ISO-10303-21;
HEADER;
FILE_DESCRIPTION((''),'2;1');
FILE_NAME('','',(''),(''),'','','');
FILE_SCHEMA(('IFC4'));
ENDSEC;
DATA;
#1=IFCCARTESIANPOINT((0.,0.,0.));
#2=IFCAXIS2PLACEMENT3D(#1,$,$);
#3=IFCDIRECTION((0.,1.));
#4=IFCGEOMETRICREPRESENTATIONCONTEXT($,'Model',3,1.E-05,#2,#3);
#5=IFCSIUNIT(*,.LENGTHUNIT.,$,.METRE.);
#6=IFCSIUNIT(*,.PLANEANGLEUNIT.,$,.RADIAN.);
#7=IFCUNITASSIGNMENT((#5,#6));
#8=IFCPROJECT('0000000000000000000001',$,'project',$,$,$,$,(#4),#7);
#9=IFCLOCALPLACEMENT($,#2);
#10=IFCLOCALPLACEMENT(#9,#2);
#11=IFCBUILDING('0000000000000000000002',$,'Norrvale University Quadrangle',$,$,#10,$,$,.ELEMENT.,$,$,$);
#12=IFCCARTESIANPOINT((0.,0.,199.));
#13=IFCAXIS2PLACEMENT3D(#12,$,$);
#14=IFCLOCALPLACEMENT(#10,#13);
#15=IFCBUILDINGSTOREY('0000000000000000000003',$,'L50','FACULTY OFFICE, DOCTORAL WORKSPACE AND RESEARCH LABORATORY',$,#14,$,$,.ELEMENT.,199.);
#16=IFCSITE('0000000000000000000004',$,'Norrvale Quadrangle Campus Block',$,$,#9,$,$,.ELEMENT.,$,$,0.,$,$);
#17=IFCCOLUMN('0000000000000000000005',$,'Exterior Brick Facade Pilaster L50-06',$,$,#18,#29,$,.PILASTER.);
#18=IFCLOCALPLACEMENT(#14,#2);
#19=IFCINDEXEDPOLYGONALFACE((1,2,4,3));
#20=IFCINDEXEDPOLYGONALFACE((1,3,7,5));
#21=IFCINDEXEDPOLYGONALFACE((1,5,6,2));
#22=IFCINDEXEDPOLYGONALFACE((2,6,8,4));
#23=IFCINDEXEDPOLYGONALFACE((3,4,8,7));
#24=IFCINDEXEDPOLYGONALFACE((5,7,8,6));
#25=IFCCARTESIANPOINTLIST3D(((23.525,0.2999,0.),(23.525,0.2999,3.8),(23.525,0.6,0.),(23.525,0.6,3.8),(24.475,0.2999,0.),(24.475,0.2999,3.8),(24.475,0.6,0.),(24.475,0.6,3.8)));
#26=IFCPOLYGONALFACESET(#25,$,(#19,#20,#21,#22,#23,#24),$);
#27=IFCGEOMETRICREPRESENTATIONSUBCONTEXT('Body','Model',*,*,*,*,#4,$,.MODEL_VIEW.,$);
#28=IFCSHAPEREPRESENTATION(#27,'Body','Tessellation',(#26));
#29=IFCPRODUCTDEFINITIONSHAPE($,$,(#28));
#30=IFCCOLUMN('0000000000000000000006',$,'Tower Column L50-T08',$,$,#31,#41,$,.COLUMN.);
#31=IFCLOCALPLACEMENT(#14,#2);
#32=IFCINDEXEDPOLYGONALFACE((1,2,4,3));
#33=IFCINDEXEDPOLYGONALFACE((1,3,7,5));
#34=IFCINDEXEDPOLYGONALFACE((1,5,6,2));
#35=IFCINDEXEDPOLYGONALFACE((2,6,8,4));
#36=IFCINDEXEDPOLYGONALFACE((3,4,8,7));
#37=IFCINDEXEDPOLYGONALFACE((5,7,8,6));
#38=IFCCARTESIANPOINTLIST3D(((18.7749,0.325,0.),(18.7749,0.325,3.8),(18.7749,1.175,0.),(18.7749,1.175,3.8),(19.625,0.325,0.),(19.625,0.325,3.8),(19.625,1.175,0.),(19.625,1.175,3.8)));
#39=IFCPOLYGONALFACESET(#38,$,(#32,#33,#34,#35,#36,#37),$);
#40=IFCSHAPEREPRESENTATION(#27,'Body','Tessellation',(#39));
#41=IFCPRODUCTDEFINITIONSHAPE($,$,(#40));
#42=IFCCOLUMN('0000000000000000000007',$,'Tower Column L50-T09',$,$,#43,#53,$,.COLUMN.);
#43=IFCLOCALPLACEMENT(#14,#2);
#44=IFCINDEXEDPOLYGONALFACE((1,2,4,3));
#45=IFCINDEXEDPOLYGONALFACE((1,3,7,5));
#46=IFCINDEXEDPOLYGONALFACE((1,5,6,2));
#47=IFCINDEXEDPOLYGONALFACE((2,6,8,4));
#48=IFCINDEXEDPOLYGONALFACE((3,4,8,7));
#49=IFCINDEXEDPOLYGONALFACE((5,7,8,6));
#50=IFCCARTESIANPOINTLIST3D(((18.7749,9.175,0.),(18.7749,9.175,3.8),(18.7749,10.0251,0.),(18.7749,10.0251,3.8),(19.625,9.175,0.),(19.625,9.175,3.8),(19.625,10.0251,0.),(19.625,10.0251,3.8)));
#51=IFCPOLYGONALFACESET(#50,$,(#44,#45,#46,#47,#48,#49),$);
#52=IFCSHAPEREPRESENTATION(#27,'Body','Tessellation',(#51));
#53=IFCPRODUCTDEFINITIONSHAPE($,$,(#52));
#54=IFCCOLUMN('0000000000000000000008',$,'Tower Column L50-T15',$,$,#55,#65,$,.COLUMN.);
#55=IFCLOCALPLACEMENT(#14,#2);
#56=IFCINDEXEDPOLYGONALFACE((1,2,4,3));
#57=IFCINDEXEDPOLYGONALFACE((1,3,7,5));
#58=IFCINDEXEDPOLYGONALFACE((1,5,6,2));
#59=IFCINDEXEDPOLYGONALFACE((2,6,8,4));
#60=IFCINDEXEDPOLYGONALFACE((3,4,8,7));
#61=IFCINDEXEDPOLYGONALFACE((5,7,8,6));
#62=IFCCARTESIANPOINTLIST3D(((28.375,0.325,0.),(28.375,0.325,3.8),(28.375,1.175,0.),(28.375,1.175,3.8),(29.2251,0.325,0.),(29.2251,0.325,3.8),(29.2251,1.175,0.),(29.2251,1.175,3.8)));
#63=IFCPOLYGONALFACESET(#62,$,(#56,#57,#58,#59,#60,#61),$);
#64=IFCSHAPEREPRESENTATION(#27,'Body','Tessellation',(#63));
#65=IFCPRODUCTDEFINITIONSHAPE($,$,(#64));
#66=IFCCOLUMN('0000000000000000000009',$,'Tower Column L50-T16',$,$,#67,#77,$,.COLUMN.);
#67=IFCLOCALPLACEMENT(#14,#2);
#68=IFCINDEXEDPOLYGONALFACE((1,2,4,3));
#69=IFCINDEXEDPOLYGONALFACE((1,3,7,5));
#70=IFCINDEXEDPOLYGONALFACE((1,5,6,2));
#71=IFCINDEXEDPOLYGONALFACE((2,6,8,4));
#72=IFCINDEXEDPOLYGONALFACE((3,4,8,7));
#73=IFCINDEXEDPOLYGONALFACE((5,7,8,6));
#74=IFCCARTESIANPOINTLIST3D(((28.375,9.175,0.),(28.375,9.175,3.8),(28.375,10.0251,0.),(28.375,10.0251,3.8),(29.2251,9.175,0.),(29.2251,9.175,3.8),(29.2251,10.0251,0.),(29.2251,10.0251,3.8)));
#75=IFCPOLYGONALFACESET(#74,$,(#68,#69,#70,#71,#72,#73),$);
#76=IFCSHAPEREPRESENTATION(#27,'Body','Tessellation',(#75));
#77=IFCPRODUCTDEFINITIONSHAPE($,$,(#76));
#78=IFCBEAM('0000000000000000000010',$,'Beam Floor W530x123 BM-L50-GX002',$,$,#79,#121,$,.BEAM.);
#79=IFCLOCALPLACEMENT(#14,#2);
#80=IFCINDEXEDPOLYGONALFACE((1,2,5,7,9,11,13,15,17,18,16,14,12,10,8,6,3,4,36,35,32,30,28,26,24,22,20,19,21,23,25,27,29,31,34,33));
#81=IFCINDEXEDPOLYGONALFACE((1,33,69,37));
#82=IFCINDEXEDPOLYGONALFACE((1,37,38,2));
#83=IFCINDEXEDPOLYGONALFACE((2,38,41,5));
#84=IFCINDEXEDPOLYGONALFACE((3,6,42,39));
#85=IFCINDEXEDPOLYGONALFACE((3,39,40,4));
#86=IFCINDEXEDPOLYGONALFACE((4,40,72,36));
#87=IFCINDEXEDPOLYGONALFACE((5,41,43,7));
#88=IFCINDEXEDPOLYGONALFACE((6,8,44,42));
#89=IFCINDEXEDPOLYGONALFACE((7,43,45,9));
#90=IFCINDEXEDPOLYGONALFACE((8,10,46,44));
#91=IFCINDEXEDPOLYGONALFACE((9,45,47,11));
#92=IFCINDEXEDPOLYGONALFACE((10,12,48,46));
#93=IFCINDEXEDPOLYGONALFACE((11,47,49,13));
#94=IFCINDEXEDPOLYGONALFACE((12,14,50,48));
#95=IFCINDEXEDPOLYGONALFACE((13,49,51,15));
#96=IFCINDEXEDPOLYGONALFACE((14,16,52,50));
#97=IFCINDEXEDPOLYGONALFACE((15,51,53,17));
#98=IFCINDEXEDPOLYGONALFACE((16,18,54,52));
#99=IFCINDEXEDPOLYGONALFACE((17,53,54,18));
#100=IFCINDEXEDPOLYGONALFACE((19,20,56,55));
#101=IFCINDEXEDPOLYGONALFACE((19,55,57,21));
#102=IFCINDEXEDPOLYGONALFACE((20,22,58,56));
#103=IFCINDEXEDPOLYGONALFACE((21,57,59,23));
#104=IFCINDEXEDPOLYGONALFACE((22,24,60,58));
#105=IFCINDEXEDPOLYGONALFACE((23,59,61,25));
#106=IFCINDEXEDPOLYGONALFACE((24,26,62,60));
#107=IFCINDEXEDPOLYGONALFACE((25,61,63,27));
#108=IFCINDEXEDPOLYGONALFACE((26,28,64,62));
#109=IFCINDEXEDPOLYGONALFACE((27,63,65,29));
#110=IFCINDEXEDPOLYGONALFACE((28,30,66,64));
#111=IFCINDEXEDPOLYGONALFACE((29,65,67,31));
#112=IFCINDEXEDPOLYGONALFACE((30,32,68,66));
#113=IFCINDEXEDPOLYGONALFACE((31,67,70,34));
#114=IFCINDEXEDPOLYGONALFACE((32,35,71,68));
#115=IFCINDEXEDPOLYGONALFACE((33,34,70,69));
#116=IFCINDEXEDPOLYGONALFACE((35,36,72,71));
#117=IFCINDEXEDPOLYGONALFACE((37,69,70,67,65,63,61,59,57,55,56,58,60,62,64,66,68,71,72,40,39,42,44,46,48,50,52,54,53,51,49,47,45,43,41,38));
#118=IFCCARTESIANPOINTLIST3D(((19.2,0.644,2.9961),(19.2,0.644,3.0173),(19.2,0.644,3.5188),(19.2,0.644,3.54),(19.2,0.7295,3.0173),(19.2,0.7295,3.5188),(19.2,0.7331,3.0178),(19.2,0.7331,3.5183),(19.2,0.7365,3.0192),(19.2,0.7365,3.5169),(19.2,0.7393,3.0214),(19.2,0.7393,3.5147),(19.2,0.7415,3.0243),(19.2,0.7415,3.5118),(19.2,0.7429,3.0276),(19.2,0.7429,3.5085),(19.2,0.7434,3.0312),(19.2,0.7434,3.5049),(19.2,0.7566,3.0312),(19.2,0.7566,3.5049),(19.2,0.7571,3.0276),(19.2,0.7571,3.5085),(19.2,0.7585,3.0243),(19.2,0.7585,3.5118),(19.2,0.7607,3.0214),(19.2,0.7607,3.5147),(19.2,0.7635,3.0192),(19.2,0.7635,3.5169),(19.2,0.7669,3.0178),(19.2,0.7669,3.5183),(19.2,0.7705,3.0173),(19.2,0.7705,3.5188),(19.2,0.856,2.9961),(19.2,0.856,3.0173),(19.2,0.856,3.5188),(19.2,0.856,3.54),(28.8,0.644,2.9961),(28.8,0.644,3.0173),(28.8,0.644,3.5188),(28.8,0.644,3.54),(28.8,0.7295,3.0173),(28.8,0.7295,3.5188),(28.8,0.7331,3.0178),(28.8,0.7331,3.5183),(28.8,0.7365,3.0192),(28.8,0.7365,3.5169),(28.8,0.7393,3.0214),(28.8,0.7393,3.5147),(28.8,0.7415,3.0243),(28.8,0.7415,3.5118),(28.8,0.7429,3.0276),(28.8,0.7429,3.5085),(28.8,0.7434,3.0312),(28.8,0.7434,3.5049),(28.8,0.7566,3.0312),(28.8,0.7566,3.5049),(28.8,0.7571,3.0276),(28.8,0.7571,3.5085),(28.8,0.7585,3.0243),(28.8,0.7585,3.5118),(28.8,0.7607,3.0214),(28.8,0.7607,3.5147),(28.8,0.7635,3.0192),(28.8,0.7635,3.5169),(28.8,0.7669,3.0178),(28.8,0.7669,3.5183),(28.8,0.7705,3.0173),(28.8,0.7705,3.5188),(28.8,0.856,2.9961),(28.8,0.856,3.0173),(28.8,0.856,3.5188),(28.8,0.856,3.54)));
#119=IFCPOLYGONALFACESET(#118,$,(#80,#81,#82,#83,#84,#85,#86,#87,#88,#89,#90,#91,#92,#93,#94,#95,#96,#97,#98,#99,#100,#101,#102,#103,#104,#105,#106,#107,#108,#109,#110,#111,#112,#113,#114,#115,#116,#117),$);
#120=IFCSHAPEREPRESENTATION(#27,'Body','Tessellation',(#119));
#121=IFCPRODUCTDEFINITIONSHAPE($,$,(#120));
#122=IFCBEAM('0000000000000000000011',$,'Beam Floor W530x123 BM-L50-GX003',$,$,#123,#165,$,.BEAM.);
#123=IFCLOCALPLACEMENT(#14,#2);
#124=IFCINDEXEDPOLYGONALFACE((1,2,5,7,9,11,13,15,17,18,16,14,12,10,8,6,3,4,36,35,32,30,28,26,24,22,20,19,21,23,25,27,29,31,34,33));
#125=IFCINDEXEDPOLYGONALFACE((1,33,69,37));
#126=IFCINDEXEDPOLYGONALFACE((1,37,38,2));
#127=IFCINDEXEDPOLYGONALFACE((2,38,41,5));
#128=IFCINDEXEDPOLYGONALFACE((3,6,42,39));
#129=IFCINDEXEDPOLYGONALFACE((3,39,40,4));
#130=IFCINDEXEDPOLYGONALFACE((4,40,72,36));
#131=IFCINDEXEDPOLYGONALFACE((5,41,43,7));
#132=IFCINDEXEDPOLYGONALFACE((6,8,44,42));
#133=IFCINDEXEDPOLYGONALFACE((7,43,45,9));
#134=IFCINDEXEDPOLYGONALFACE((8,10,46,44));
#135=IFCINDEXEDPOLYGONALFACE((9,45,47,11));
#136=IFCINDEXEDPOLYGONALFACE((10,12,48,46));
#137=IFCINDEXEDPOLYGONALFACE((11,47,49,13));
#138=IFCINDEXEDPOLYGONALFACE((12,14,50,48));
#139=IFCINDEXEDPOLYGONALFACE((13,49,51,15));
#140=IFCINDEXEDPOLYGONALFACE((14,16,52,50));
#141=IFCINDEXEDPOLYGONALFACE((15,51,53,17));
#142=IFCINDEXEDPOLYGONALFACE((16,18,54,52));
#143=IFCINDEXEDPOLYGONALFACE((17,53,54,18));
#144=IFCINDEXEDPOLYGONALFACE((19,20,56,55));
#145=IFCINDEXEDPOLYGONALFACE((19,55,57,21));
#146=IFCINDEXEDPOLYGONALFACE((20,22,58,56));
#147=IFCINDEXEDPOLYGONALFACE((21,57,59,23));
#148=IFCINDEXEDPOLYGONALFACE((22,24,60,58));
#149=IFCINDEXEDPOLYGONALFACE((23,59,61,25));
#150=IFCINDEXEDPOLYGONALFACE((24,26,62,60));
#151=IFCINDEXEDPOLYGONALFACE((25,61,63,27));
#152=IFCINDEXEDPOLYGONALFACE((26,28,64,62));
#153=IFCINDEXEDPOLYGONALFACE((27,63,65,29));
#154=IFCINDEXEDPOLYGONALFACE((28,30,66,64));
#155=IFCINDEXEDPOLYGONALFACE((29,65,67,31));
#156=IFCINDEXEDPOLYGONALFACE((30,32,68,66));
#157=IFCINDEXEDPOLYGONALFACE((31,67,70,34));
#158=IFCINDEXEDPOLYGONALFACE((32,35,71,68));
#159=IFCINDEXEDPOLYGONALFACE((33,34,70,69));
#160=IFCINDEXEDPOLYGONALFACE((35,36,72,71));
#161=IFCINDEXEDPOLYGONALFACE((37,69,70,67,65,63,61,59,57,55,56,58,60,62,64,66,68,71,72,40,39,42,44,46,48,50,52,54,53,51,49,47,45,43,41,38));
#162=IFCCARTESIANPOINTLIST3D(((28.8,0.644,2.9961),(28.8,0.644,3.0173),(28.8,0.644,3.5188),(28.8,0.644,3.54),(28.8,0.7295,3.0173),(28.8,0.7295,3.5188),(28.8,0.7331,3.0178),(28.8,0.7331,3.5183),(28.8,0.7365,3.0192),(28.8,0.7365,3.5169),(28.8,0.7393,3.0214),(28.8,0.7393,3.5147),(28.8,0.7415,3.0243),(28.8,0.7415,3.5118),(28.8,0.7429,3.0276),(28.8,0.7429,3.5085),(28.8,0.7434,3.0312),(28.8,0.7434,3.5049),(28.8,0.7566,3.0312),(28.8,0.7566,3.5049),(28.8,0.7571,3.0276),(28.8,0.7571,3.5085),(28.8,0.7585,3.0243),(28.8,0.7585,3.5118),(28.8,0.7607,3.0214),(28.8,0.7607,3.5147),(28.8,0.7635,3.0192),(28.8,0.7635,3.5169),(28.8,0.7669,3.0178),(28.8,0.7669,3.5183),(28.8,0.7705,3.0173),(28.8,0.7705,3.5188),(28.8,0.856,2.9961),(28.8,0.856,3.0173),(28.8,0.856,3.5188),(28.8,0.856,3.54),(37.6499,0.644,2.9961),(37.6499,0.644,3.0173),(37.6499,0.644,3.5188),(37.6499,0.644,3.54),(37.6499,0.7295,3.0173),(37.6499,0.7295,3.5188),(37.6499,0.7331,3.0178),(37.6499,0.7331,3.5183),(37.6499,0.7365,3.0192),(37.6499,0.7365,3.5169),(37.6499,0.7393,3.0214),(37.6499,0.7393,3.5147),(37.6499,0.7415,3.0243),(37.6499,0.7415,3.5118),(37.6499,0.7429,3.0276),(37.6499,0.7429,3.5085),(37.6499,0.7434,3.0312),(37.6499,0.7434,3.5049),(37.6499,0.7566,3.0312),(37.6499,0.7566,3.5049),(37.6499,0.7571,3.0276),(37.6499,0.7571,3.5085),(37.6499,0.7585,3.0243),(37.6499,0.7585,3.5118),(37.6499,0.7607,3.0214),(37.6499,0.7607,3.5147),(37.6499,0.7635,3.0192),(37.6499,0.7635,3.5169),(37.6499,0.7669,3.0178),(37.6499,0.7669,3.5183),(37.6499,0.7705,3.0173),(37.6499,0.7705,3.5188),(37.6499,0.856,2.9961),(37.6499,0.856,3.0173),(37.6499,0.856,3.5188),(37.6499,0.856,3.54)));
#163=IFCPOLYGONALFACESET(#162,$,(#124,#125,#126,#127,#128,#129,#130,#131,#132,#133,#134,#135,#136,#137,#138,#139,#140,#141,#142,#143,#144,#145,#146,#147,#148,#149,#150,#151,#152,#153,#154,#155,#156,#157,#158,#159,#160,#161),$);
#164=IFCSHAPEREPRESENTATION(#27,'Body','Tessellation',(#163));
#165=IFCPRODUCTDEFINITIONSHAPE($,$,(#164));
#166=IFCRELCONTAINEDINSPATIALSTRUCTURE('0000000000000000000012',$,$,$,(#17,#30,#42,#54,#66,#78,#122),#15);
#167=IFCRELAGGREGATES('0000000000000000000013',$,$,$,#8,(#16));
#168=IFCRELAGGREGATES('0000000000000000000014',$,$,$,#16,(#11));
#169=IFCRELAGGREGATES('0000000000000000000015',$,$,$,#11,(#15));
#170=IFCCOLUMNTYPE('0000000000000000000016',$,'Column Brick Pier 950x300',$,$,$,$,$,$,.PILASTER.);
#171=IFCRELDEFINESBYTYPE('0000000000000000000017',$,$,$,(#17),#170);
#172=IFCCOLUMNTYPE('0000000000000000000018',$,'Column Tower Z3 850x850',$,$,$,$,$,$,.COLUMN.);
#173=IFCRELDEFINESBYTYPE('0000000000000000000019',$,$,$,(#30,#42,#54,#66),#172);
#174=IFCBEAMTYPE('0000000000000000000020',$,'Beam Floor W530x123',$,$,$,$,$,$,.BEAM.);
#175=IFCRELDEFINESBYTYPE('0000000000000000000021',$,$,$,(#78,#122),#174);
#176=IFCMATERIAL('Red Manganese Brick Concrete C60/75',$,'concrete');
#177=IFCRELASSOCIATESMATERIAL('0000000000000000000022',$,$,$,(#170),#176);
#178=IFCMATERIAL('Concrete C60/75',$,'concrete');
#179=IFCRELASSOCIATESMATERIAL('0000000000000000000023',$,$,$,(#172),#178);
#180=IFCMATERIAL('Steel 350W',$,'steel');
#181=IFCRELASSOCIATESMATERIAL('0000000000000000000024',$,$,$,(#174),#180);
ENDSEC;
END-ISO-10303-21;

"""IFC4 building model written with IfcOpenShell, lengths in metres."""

from ifc_helpers import new_model, si_unit, direction, frame, origin, origin_2d, place, context, subcontext, project, spatial, rectangle, i_section, extrude, material, material_profile, profile_set, type_object, element, save


model = new_model("IFC4")

# Units and contexts
model_context = context("Model", 3, precision=1e-05, world=origin(), true_north=direction((0.0, 1.0)))
body_context = subcontext(model_context, "Body", "Model", "MODEL_VIEW")
ifc_project = project(units=[si_unit("LENGTHUNIT", "METRE"), si_unit("PLANEANGLEUNIT", "RADIAN")], contexts=[model_context])

# Site, building, storey
site_placement = place(None, origin())
site = spatial("IfcSite", under=ifc_project, at=site_placement, Name="Norrvale Quadrangle Campus Block", CompositionType="ELEMENT", RefElevation=0.0)
building_placement = place(site_placement, origin())
building = spatial("IfcBuilding", under=site, at=building_placement, Name="Norrvale University Quadrangle", CompositionType="ELEMENT")
storey_placement = place(building_placement, frame((0.0, 0.0, 199.0)))
storey = spatial("IfcBuildingStorey", under=building, at=storey_placement, Name="L50", Description="FACULTY OFFICE, DOCTORAL WORKSPACE AND RESEARCH LABORATORY", CompositionType="ELEMENT", Elevation=199.0)

# Columns
ifc_material_1 = material(Name="Red Manganese Brick Concrete C60/75", Category="concrete")
ifc_material_profile_1 = material_profile(ifc_material_1, rectangle(XDim=0.95, YDim=0.3, at=origin_2d()), Name="Red Manganese Brick Concrete C60/75")
ifc_profile_set_1 = profile_set([ifc_material_profile_1], Name="Red Manganese Brick Concrete C60/75")
column_type_1 = type_object("IfcColumnType", Name="Column Brick Pier 950x300", PredefinedType="PILASTER", material=ifc_profile_set_1)
column_placement = place(storey_placement, frame((24.0, 0.45, 0.0), z_axis=(0.0, 0.0, 1.0), x_axis=(1.0, 0.0, 0.0)))
element("IfcColumn", 1, at=column_placement, inside=storey, type_object=column_type_1, Name="Exterior Brick Facade Pilaster L50-06", PredefinedType="PILASTER", context=body_context, shape_type="SweptSolid", body=[
    extrude(rectangle(XDim=0.95, YDim=0.3, at=origin_2d()), origin(), (0.0, 0.0, 1.0), 3.8),
])
ifc_material_2 = material(Name="Concrete C60/75", Category="concrete")
ifc_material_profile_2 = material_profile(ifc_material_2, rectangle(XDim=0.8501, YDim=0.8501, at=origin_2d()), Name="Concrete C60/75")
ifc_profile_set_2 = profile_set([ifc_material_profile_2], Name="Concrete C60/75")
column_type_2 = type_object("IfcColumnType", Name="Column Tower Z3 850x850", PredefinedType="COLUMN", material=ifc_profile_set_2)
for number, where, z_axis, x_axis, name in (
    (2, (19.2, 0.75, 0.0), (0.0, 0.0, 1.0), (1.0, 0.0, 0.0), "Tower Column L50-T08"),
    (3, (19.2, 9.6001, 0.0), (0.0, 0.0, 1.0), (1.0, 0.0, 0.0), "Tower Column L50-T09"),
    (4, (28.8, 0.75, 0.0), (0.0, 0.0, 1.0), (1.0, 0.0, 0.0), "Tower Column L50-T15"),
    (5, (28.8, 9.6001, 0.0), (0.0, 0.0, 1.0), (1.0, 0.0, 0.0), "Tower Column L50-T16"),
):
    element("IfcColumn", number, at=place(storey_placement, frame(where, z_axis=z_axis, x_axis=x_axis)), inside=storey, type_object=column_type_2, Name=name, PredefinedType="COLUMN", context=body_context, shape_type="SweptSolid", body=[
        extrude(rectangle(XDim=0.8501, YDim=0.8501, at=origin_2d()), origin(), (0.0, 0.0, 1.0), 3.8),
    ])

# Beams
ifc_material_3 = material(Name="Steel 350W", Category="steel")
ifc_material_profile_3 = material_profile(ifc_material_3, i_section(OverallWidth=0.2119, OverallDepth=0.5439, WebThickness=0.0132, FlangeThickness=0.0212, FilletRadius=0.0139, at=origin_2d()), Name="Steel 350W")
ifc_profile_set_3 = profile_set([ifc_material_profile_3], Name="Steel 350W")
beam_type_1 = type_object("IfcBeamType", Name="Beam Floor W530x123", PredefinedType="BEAM", material=ifc_profile_set_3)
beam_1_placement = place(storey_placement, frame((19.2, 0.75, 3.2681), z_axis=(1.0, 0.0, 0.0), x_axis=(0.0, 1.0, 0.0)))
element("IfcBeam", 6, at=beam_1_placement, inside=storey, type_object=beam_type_1, Name="Beam Floor W530x123 BM-L50-GX002", PredefinedType="BEAM", context=body_context, shape_type="SweptSolid", body=[
    extrude(i_section(OverallWidth=0.2119, OverallDepth=0.5439, WebThickness=0.0132, FlangeThickness=0.0212, FilletRadius=0.0139, at=origin_2d()), origin(), (0.0, 0.0, 1.0), 9.6001),
])
beam_2_placement = place(storey_placement, frame((28.8, 0.75, 3.2681), z_axis=(1.0, 0.0, 0.0), x_axis=(0.0, 1.0, 0.0)))
element("IfcBeam", 7, at=beam_2_placement, inside=storey, type_object=beam_type_1, Name="Beam Floor W530x123 BM-L50-GX003", PredefinedType="BEAM", context=body_context, shape_type="SweptSolid", body=[
    extrude(i_section(OverallWidth=0.2119, OverallDepth=0.5439, WebThickness=0.0132, FlangeThickness=0.0212, FilletRadius=0.0139, at=origin_2d()), origin(), (0.0, 0.0, 1.0), 8.8499),
])

save(model, "model.ifc")
